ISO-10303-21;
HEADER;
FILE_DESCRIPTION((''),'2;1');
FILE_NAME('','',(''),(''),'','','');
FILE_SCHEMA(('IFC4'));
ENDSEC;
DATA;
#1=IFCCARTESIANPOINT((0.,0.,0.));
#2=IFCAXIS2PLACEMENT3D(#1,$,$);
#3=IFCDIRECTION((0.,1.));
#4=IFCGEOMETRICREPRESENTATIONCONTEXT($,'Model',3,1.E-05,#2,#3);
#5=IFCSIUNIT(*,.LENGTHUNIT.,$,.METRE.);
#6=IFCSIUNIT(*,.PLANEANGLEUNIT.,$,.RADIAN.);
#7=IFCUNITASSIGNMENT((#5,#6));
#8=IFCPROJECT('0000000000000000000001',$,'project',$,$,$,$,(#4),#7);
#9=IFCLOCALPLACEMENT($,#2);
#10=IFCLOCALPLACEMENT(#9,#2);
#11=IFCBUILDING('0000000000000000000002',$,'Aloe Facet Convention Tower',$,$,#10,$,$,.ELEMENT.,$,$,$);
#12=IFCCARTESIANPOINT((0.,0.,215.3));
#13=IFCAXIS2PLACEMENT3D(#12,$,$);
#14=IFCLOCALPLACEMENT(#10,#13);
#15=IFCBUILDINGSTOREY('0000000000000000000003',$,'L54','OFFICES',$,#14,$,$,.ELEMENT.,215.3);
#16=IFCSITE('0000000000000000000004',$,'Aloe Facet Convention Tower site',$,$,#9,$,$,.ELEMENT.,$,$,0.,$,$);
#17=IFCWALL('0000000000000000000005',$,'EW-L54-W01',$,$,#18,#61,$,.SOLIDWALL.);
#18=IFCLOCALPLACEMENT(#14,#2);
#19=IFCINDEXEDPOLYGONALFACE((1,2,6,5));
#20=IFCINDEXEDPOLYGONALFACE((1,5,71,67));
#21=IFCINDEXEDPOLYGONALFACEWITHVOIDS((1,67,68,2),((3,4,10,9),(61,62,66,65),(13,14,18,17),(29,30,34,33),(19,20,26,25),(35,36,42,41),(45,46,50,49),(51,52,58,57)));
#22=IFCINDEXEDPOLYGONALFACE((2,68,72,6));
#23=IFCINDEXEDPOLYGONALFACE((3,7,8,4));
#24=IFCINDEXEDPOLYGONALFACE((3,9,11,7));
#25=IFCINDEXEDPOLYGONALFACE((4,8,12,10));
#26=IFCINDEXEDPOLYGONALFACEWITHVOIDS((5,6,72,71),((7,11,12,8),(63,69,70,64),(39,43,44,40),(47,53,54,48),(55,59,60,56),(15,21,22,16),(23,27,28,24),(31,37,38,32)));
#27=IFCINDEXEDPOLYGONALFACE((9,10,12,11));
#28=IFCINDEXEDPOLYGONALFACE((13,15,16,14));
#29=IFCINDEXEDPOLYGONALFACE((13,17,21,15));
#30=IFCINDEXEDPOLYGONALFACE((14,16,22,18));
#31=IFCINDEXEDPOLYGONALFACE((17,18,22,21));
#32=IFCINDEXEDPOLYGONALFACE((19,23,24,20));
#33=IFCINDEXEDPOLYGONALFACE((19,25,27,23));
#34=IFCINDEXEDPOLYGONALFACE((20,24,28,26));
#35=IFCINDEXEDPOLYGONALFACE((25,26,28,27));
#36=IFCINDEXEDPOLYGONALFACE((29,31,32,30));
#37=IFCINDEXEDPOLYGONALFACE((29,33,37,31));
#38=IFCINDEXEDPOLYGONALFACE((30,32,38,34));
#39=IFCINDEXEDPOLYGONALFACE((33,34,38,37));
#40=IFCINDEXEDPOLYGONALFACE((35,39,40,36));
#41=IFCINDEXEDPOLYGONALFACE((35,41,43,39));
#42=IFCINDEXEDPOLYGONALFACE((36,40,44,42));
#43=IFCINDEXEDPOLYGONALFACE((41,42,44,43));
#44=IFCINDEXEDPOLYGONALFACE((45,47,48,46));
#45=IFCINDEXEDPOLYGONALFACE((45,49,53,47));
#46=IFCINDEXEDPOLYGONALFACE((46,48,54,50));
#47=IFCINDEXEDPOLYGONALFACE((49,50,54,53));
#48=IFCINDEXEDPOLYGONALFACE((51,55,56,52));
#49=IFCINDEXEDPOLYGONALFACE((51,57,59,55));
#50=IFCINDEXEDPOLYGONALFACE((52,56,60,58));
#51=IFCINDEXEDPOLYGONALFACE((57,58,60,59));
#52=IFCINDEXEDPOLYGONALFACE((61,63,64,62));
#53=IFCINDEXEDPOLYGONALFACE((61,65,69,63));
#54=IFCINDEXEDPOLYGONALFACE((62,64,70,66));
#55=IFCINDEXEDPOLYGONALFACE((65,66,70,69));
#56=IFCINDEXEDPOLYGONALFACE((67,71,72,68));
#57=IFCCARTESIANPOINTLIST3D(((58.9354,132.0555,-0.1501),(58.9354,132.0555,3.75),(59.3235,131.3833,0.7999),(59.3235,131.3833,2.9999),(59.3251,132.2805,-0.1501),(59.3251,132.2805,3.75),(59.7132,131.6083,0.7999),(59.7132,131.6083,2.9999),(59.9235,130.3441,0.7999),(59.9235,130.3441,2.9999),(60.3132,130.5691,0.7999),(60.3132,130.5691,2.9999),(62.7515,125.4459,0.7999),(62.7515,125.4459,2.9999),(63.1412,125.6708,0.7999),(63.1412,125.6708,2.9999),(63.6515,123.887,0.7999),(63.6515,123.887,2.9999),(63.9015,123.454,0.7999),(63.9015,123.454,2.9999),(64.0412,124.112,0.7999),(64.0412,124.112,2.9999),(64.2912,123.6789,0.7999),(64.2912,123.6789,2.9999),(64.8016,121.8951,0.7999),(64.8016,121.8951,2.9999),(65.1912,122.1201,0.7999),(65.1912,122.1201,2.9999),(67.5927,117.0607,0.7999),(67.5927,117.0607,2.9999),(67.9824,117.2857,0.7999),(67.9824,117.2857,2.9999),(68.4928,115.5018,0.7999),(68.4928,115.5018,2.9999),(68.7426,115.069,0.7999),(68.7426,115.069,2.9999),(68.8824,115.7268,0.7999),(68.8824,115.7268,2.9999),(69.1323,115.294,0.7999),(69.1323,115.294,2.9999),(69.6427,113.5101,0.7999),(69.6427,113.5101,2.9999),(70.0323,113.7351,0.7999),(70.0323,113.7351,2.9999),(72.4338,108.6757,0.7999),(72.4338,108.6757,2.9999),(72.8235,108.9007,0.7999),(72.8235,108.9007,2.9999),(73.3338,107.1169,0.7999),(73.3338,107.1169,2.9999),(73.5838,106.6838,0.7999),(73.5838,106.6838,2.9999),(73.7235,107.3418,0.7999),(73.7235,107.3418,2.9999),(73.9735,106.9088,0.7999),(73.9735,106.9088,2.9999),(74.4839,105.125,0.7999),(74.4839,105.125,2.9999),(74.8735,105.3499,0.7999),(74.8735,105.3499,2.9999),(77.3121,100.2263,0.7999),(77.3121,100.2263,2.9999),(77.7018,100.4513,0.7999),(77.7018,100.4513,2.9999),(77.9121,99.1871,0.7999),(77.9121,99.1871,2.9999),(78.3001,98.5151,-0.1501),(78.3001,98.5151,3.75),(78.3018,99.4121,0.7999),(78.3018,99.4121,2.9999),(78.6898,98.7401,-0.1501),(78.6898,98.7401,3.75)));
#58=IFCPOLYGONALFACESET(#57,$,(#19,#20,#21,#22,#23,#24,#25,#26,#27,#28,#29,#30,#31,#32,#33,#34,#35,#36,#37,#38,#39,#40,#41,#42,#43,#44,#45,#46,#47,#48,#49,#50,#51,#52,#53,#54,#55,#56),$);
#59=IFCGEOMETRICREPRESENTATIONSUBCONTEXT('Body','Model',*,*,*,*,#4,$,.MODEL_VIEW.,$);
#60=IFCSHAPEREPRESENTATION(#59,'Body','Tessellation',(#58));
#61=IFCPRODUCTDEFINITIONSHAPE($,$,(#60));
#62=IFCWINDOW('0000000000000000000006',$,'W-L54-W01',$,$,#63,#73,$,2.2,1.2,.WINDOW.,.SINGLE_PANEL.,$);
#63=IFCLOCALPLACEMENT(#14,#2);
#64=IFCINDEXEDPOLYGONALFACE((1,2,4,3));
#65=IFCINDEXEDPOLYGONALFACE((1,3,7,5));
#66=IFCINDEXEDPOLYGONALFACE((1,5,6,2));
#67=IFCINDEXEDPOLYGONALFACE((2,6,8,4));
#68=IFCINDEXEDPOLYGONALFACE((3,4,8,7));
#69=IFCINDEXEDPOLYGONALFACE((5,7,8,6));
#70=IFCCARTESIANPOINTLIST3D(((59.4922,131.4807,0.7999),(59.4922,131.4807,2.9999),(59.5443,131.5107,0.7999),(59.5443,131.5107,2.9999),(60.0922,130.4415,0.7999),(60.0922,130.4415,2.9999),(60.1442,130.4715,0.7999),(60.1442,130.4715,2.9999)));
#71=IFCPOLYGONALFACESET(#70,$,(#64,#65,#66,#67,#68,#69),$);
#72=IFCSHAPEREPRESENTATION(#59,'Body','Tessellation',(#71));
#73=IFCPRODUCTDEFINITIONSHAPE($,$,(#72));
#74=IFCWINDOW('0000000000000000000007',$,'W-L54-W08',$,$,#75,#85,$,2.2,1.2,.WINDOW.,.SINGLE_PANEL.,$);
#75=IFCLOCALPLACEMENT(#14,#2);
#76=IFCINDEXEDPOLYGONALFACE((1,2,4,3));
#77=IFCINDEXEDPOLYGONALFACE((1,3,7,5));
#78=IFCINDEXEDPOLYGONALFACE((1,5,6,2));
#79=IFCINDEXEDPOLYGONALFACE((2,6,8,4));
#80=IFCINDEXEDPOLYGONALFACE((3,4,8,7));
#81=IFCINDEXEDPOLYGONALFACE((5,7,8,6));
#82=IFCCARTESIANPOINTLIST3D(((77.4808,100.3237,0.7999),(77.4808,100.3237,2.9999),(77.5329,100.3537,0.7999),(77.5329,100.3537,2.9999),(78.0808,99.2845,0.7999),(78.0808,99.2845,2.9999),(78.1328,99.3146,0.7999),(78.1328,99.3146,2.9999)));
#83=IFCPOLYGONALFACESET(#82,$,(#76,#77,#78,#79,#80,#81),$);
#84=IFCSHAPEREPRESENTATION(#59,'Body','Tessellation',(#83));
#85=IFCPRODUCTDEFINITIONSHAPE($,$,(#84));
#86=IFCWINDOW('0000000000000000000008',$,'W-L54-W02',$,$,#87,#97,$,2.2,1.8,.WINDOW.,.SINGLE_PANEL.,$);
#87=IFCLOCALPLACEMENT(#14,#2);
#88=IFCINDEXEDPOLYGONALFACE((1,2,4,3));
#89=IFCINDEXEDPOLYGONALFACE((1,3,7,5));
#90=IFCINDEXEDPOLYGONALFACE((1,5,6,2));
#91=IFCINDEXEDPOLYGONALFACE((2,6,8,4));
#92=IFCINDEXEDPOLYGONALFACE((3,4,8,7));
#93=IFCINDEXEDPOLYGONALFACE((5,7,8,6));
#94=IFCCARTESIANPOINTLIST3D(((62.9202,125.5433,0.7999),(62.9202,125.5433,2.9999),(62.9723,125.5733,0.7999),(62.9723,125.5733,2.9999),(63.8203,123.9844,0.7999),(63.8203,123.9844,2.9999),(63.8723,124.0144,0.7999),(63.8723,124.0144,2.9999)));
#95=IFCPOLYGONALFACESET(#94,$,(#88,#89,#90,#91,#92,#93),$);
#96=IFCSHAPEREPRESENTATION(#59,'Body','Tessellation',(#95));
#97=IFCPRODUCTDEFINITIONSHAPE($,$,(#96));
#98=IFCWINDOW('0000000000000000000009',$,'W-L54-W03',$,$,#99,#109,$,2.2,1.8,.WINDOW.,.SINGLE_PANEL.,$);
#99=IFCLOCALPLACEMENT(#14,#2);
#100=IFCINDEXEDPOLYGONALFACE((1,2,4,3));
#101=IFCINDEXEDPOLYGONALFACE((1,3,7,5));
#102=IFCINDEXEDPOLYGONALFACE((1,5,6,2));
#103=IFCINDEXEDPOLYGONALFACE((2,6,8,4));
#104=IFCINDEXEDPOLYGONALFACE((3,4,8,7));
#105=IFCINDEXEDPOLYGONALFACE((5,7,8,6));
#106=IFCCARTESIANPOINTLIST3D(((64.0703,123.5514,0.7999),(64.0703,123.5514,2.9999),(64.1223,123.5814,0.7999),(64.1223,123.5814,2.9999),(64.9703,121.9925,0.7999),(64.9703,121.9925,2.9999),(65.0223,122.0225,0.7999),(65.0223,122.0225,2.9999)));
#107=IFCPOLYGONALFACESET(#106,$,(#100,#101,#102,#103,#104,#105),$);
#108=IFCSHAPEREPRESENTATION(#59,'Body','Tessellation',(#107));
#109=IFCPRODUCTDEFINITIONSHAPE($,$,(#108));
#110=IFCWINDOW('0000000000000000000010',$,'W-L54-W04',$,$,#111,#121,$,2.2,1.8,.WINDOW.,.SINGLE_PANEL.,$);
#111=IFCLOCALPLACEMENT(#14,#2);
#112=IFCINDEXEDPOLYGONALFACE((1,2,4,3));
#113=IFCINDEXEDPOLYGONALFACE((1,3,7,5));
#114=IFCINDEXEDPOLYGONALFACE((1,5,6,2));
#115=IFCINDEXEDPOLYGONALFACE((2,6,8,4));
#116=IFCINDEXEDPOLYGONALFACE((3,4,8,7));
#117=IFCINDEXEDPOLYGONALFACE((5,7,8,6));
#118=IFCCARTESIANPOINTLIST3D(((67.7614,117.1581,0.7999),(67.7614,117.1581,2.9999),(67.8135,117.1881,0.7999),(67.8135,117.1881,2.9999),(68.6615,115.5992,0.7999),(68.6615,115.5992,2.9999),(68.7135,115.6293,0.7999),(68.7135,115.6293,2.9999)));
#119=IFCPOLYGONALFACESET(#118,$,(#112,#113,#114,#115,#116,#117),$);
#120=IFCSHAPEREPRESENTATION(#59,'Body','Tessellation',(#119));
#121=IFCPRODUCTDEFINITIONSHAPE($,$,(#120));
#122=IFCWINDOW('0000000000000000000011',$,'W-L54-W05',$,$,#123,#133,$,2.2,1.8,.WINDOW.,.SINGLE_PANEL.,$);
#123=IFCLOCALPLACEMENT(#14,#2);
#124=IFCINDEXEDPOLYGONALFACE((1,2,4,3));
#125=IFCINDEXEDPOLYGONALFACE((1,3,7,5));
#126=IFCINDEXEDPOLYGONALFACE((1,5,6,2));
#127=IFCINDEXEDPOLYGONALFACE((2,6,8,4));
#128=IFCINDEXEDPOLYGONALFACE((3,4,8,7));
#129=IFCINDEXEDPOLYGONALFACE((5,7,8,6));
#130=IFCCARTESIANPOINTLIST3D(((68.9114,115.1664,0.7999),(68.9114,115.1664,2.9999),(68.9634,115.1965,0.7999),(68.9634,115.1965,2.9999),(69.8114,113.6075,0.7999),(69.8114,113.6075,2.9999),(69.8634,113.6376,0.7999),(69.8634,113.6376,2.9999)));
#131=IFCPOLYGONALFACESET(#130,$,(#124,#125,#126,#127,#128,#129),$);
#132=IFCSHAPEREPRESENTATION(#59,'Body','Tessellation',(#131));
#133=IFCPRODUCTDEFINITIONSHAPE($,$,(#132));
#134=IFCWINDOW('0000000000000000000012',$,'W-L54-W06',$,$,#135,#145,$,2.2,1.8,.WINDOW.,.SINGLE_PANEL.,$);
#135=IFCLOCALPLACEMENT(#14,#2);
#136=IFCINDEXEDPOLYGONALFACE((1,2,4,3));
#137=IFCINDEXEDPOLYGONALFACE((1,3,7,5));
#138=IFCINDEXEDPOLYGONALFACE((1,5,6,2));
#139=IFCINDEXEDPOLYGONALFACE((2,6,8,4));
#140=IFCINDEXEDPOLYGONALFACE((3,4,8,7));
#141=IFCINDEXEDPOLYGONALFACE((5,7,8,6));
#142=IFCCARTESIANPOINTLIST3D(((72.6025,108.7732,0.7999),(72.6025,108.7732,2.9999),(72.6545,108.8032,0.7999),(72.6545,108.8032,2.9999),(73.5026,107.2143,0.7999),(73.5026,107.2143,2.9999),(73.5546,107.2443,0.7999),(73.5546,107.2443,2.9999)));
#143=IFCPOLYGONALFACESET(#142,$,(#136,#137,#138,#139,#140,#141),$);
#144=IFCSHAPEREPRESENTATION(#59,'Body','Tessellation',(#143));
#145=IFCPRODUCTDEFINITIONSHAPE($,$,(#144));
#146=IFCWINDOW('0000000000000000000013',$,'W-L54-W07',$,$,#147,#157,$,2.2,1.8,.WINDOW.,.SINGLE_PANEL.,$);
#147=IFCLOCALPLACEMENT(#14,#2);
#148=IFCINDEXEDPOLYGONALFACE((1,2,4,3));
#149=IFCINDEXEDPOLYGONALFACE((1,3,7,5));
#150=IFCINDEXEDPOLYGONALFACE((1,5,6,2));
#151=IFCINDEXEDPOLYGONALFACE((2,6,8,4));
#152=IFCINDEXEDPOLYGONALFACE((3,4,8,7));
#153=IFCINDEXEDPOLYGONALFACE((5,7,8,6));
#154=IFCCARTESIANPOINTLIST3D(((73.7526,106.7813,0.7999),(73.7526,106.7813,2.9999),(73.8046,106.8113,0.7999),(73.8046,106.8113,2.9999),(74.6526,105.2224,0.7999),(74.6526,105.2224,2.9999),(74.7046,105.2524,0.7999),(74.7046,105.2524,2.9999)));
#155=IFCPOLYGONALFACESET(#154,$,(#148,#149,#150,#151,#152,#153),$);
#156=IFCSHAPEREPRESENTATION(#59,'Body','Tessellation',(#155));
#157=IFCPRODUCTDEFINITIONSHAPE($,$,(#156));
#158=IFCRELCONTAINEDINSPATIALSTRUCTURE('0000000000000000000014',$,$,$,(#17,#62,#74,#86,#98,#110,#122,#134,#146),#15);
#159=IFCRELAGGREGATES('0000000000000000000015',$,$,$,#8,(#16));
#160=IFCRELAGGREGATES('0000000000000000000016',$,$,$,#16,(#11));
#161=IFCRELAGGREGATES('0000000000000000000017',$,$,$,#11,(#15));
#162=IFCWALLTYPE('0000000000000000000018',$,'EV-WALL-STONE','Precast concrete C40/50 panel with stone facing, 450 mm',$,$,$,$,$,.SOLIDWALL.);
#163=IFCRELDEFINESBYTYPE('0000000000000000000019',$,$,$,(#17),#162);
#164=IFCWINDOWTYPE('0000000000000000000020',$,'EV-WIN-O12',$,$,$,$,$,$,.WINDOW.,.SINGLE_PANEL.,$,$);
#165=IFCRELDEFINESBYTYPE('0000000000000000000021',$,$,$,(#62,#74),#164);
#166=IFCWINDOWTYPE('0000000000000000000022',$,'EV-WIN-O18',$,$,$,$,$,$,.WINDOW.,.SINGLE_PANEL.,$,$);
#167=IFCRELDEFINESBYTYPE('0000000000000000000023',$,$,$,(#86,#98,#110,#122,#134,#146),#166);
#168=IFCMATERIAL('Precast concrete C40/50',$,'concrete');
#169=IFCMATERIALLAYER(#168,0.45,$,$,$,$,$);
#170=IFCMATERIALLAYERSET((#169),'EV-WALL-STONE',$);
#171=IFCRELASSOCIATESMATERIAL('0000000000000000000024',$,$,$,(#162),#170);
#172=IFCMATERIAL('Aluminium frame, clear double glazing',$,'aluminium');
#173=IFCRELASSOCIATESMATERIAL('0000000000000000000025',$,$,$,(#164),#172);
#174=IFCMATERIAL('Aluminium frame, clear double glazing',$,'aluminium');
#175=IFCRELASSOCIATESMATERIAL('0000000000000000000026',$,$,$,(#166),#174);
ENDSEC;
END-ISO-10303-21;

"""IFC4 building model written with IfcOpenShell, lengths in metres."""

from ifc_helpers import new_model, si_unit, direction, frame, frame_2d, origin, place, context, subcontext, project, spatial, polyline, rectangle, outline, extrude, material, layer, layer_set, type_object, element, fill, save


model = new_model("IFC4")

# Units and contexts
model_context = context("Model", 3, precision=1e-05, world=origin(), true_north=direction((0.0, 1.0)))
body_context = subcontext(model_context, "Body", "Model", "MODEL_VIEW")
ifc_project = project(units=[si_unit("LENGTHUNIT", "METRE"), si_unit("PLANEANGLEUNIT", "RADIAN")], contexts=[model_context])

# Site, building, storey
site_placement = place(None, origin())
site = spatial("IfcSite", under=ifc_project, at=site_placement, Name="Aloe Facet Convention Tower site", CompositionType="ELEMENT", RefElevation=0.0)
building_placement = place(site_placement, origin())
building = spatial("IfcBuilding", under=site, at=building_placement, Name="Aloe Facet Convention Tower", CompositionType="ELEMENT")
storey_placement = place(building_placement, frame((0.0, 0.0, 215.3)))
storey = spatial("IfcBuildingStorey", under=building, at=storey_placement, Name="L54", Description="OFFICES", CompositionType="ELEMENT", Elevation=215.3)

# Wall, openings, windows
ifc_material_1 = material(Name="Precast concrete C40/50", Category="concrete")
ifc_layer_1 = layer(ifc_material_1, 0.45)
ifc_layer_set_1 = layer_set([ifc_layer_1], Name="EV-WALL-STONE")
wall_type_1 = type_object("IfcWallType", Name="EV-WALL-STONE", Description="Precast concrete C40/50 panel with stone facing, 450 mm", PredefinedType="SOLIDWALL", material=ifc_layer_set_1)
wall_1_placement = place(storey_placement, frame((59.1301, 132.168, -0.1501), z_axis=(0.0, 0.0, 1.0), x_axis=(0.500002, -0.866024, 0.0)))
wall_1 = element("IfcWall", 1, at=wall_1_placement, inside=storey, type_object=wall_type_1, Name="EW-L54-W01", PredefinedType="SOLIDWALL", context=body_context, shape_type="SweptSolid", body=[
    extrude(outline(polyline([(38.7292, 0.0), (38.7292, 3.9001), (0.0, 3.9001), (0.0, 0.0), (38.7292, 0.0)])), frame((0.0, 0.2251, 0.0), z_axis=(0.0, -1.0, 0.0), x_axis=(1.0, 0.0, 0.0)), (0.0, 0.0, 1.0), 0.45),
])
opening_1_placement = place(wall_1_placement, frame((0.7761, 0.0, 0.95)))
opening_1 = element("IfcOpeningElement", 2, at=opening_1_placement, cuts=wall_1, PredefinedType="OPENING", context=body_context, shape_type="SweptSolid", body=[
    extrude(rectangle(XDim=1.2, YDim=2.2, at=frame_2d((0.6001, 1.1001))), frame((0.0, 0.2349, 0.0), z_axis=(0.0, -1.0, 0.0), x_axis=(1.0, 0.0, 0.0)), (0.0, 0.0, 1.0), 0.47),
])
opening_2_placement = place(wall_1_placement, frame((7.6323, 0.0, 0.95)))
opening_2 = element("IfcOpeningElement", 3, at=opening_2_placement, cuts=wall_1, PredefinedType="OPENING", context=body_context, shape_type="SweptSolid", body=[
    extrude(rectangle(XDim=1.8, YDim=2.2, at=frame_2d((0.8999, 1.1001))), frame((0.0, 0.2349, 0.0), z_axis=(0.0, -1.0, 0.0), x_axis=(1.0, 0.0, 0.0)), (0.0, 0.0, 1.0), 0.47),
])
opening_3_placement = place(wall_1_placement, frame((9.9324, 0.0, 0.95)))
opening_3 = element("IfcOpeningElement", 4, at=opening_3_placement, cuts=wall_1, PredefinedType="OPENING", context=body_context, shape_type="SweptSolid", body=[
    extrude(rectangle(XDim=1.8, YDim=2.2, at=frame_2d((0.8999, 1.1001))), frame((0.0, 0.2349, 0.0), z_axis=(0.0, -1.0, 0.0), x_axis=(1.0, 0.0, 0.0)), (0.0, 0.0, 1.0), 0.47),
])
opening_4_placement = place(wall_1_placement, frame((17.3147, 0.0, 0.95)))
opening_4 = element("IfcOpeningElement", 5, at=opening_4_placement, cuts=wall_1, PredefinedType="OPENING", context=body_context, shape_type="SweptSolid", body=[
    extrude(rectangle(XDim=1.8, YDim=2.2, at=frame_2d((0.8999, 1.1001))), frame((0.0, 0.2349, 0.0), z_axis=(0.0, -1.0, 0.0), x_axis=(1.0, 0.0, 0.0)), (0.0, 0.0, 1.0), 0.47),
])
opening_5_placement = place(wall_1_placement, frame((19.6145, 0.0, 0.95)))
opening_5 = element("IfcOpeningElement", 6, at=opening_5_placement, cuts=wall_1, PredefinedType="OPENING", context=body_context, shape_type="SweptSolid", body=[
    extrude(rectangle(XDim=1.8, YDim=2.2, at=frame_2d((0.8999, 1.1001))), frame((0.0, 0.2349, 0.0), z_axis=(0.0, -1.0, 0.0), x_axis=(1.0, 0.0, 0.0)), (0.0, 0.0, 1.0), 0.47),
])
opening_6_placement = place(wall_1_placement, frame((26.9968, 0.0, 0.95)))
opening_6 = element("IfcOpeningElement", 7, at=opening_6_placement, cuts=wall_1, PredefinedType="OPENING", context=body_context, shape_type="SweptSolid", body=[
    extrude(rectangle(XDim=1.8, YDim=2.2, at=frame_2d((0.8999, 1.1001))), frame((0.0, 0.2349, 0.0), z_axis=(0.0, -1.0, 0.0), x_axis=(1.0, 0.0, 0.0)), (0.0, 0.0, 1.0), 0.47),
])
opening_7_placement = place(wall_1_placement, frame((29.2969, 0.0, 0.95)))
opening_7 = element("IfcOpeningElement", 8, at=opening_7_placement, cuts=wall_1, PredefinedType="OPENING", context=body_context, shape_type="SweptSolid", body=[
    extrude(rectangle(XDim=1.8, YDim=2.2, at=frame_2d((0.8999, 1.1001))), frame((0.0, 0.2349, 0.0), z_axis=(0.0, -1.0, 0.0), x_axis=(1.0, 0.0, 0.0)), (0.0, 0.0, 1.0), 0.47),
])
opening_8_placement = place(wall_1_placement, frame((36.7532, 0.0, 0.95)))
opening_8 = element("IfcOpeningElement", 9, at=opening_8_placement, cuts=wall_1, PredefinedType="OPENING", context=body_context, shape_type="SweptSolid", body=[
    extrude(rectangle(XDim=1.2, YDim=2.2, at=frame_2d((0.6001, 1.1001))), frame((0.0, 0.2349, 0.0), z_axis=(0.0, -1.0, 0.0), x_axis=(1.0, 0.0, 0.0)), (0.0, 0.0, 1.0), 0.47),
])
ifc_material_2 = material(Name="Aluminium frame, clear double glazing", Category="aluminium")
window_type_1 = type_object("IfcWindowType", Name="EV-WIN-O12", PartitioningType="SINGLE_PANEL", PredefinedType="WINDOW", material=ifc_material_2)
window_1_placement = place(opening_1_placement, origin())
window_1 = element("IfcWindow", 10, at=window_1_placement, inside=storey, type_object=window_type_1, Name="W-L54-W01", OverallHeight=2.2, OverallWidth=1.2, PartitioningType="SINGLE_PANEL", PredefinedType="WINDOW", context=body_context, shape_type="SweptSolid", body=[
    extrude(rectangle(XDim=1.2, YDim=2.2, at=frame_2d((0.6001, 1.1001))), frame((0.0, 0.03, 0.0), z_axis=(0.0, -1.0, 0.0), x_axis=(1.0, 0.0, 0.0)), (0.0, 0.0, 1.0), 0.0601),
])
fill(opening_1, window_1)
window_2_placement = place(opening_8_placement, origin())
window_2 = element("IfcWindow", 11, at=window_2_placement, inside=storey, type_object=window_type_1, Name="W-L54-W08", OverallHeight=2.2, OverallWidth=1.2, PartitioningType="SINGLE_PANEL", PredefinedType="WINDOW", context=body_context, shape_type="SweptSolid", body=[
    extrude(rectangle(XDim=1.2, YDim=2.2, at=frame_2d((0.6001, 1.1001))), frame((0.0, 0.03, 0.0), z_axis=(0.0, -1.0, 0.0), x_axis=(1.0, 0.0, 0.0)), (0.0, 0.0, 1.0), 0.0601),
])
fill(opening_8, window_2)
ifc_material_3 = material(Name="Aluminium frame, clear double glazing", Category="aluminium")
window_type_2 = type_object("IfcWindowType", Name="EV-WIN-O18", PartitioningType="SINGLE_PANEL", PredefinedType="WINDOW", material=ifc_material_3)
window_3_placement = place(opening_2_placement, origin())
window_3 = element("IfcWindow", 12, at=window_3_placement, inside=storey, type_object=window_type_2, Name="W-L54-W02", OverallHeight=2.2, OverallWidth=1.8, PartitioningType="SINGLE_PANEL", PredefinedType="WINDOW", context=body_context, shape_type="SweptSolid", body=[
    extrude(rectangle(XDim=1.8, YDim=2.2, at=frame_2d((0.8999, 1.1001))), frame((0.0, 0.03, 0.0), z_axis=(0.0, -1.0, 0.0), x_axis=(1.0, 0.0, 0.0)), (0.0, 0.0, 1.0), 0.0601),
])
fill(opening_2, window_3)
window_4_placement = place(opening_3_placement, origin())
window_4 = element("IfcWindow", 13, at=window_4_placement, inside=storey, type_object=window_type_2, Name="W-L54-W03", OverallHeight=2.2, OverallWidth=1.8, PartitioningType="SINGLE_PANEL", PredefinedType="WINDOW", context=body_context, shape_type="SweptSolid", body=[
    extrude(rectangle(XDim=1.8, YDim=2.2, at=frame_2d((0.8999, 1.1001))), frame((0.0, 0.03, 0.0), z_axis=(0.0, -1.0, 0.0), x_axis=(1.0, 0.0, 0.0)), (0.0, 0.0, 1.0), 0.0601),
])
fill(opening_3, window_4)
window_5_placement = place(opening_4_placement, origin())
window_5 = element("IfcWindow", 14, at=window_5_placement, inside=storey, type_object=window_type_2, Name="W-L54-W04", OverallHeight=2.2, OverallWidth=1.8, PartitioningType="SINGLE_PANEL", PredefinedType="WINDOW", context=body_context, shape_type="SweptSolid", body=[
    extrude(rectangle(XDim=1.8, YDim=2.2, at=frame_2d((0.8999, 1.1001))), frame((0.0, 0.03, 0.0), z_axis=(0.0, -1.0, 0.0), x_axis=(1.0, 0.0, 0.0)), (0.0, 0.0, 1.0), 0.0601),
])
fill(opening_4, window_5)
window_6_placement = place(opening_5_placement, origin())
window_6 = element("IfcWindow", 15, at=window_6_placement, inside=storey, type_object=window_type_2, Name="W-L54-W05", OverallHeight=2.2, OverallWidth=1.8, PartitioningType="SINGLE_PANEL", PredefinedType="WINDOW", context=body_context, shape_type="SweptSolid", body=[
    extrude(rectangle(XDim=1.8, YDim=2.2, at=frame_2d((0.8999, 1.1001))), frame((0.0, 0.03, 0.0), z_axis=(0.0, -1.0, 0.0), x_axis=(1.0, 0.0, 0.0)), (0.0, 0.0, 1.0), 0.0601),
])
fill(opening_5, window_6)
window_7_placement = place(opening_6_placement, origin())
window_7 = element("IfcWindow", 16, at=window_7_placement, inside=storey, type_object=window_type_2, Name="W-L54-W06", OverallHeight=2.2, OverallWidth=1.8, PartitioningType="SINGLE_PANEL", PredefinedType="WINDOW", context=body_context, shape_type="SweptSolid", body=[
    extrude(rectangle(XDim=1.8, YDim=2.2, at=frame_2d((0.8999, 1.1001))), frame((0.0, 0.03, 0.0), z_axis=(0.0, -1.0, 0.0), x_axis=(1.0, 0.0, 0.0)), (0.0, 0.0, 1.0), 0.0601),
])
fill(opening_6, window_7)
window_8_placement = place(opening_7_placement, origin())
window_8 = element("IfcWindow", 17, at=window_8_placement, inside=storey, type_object=window_type_2, Name="W-L54-W07", OverallHeight=2.2, OverallWidth=1.8, PartitioningType="SINGLE_PANEL", PredefinedType="WINDOW", context=body_context, shape_type="SweptSolid", body=[
    extrude(rectangle(XDim=1.8, YDim=2.2, at=frame_2d((0.8999, 1.1001))), frame((0.0, 0.03, 0.0), z_axis=(0.0, -1.0, 0.0), x_axis=(1.0, 0.0, 0.0)), (0.0, 0.0, 1.0), 0.0601),
])
fill(opening_7, window_8)

save(model, "model.ifc")
